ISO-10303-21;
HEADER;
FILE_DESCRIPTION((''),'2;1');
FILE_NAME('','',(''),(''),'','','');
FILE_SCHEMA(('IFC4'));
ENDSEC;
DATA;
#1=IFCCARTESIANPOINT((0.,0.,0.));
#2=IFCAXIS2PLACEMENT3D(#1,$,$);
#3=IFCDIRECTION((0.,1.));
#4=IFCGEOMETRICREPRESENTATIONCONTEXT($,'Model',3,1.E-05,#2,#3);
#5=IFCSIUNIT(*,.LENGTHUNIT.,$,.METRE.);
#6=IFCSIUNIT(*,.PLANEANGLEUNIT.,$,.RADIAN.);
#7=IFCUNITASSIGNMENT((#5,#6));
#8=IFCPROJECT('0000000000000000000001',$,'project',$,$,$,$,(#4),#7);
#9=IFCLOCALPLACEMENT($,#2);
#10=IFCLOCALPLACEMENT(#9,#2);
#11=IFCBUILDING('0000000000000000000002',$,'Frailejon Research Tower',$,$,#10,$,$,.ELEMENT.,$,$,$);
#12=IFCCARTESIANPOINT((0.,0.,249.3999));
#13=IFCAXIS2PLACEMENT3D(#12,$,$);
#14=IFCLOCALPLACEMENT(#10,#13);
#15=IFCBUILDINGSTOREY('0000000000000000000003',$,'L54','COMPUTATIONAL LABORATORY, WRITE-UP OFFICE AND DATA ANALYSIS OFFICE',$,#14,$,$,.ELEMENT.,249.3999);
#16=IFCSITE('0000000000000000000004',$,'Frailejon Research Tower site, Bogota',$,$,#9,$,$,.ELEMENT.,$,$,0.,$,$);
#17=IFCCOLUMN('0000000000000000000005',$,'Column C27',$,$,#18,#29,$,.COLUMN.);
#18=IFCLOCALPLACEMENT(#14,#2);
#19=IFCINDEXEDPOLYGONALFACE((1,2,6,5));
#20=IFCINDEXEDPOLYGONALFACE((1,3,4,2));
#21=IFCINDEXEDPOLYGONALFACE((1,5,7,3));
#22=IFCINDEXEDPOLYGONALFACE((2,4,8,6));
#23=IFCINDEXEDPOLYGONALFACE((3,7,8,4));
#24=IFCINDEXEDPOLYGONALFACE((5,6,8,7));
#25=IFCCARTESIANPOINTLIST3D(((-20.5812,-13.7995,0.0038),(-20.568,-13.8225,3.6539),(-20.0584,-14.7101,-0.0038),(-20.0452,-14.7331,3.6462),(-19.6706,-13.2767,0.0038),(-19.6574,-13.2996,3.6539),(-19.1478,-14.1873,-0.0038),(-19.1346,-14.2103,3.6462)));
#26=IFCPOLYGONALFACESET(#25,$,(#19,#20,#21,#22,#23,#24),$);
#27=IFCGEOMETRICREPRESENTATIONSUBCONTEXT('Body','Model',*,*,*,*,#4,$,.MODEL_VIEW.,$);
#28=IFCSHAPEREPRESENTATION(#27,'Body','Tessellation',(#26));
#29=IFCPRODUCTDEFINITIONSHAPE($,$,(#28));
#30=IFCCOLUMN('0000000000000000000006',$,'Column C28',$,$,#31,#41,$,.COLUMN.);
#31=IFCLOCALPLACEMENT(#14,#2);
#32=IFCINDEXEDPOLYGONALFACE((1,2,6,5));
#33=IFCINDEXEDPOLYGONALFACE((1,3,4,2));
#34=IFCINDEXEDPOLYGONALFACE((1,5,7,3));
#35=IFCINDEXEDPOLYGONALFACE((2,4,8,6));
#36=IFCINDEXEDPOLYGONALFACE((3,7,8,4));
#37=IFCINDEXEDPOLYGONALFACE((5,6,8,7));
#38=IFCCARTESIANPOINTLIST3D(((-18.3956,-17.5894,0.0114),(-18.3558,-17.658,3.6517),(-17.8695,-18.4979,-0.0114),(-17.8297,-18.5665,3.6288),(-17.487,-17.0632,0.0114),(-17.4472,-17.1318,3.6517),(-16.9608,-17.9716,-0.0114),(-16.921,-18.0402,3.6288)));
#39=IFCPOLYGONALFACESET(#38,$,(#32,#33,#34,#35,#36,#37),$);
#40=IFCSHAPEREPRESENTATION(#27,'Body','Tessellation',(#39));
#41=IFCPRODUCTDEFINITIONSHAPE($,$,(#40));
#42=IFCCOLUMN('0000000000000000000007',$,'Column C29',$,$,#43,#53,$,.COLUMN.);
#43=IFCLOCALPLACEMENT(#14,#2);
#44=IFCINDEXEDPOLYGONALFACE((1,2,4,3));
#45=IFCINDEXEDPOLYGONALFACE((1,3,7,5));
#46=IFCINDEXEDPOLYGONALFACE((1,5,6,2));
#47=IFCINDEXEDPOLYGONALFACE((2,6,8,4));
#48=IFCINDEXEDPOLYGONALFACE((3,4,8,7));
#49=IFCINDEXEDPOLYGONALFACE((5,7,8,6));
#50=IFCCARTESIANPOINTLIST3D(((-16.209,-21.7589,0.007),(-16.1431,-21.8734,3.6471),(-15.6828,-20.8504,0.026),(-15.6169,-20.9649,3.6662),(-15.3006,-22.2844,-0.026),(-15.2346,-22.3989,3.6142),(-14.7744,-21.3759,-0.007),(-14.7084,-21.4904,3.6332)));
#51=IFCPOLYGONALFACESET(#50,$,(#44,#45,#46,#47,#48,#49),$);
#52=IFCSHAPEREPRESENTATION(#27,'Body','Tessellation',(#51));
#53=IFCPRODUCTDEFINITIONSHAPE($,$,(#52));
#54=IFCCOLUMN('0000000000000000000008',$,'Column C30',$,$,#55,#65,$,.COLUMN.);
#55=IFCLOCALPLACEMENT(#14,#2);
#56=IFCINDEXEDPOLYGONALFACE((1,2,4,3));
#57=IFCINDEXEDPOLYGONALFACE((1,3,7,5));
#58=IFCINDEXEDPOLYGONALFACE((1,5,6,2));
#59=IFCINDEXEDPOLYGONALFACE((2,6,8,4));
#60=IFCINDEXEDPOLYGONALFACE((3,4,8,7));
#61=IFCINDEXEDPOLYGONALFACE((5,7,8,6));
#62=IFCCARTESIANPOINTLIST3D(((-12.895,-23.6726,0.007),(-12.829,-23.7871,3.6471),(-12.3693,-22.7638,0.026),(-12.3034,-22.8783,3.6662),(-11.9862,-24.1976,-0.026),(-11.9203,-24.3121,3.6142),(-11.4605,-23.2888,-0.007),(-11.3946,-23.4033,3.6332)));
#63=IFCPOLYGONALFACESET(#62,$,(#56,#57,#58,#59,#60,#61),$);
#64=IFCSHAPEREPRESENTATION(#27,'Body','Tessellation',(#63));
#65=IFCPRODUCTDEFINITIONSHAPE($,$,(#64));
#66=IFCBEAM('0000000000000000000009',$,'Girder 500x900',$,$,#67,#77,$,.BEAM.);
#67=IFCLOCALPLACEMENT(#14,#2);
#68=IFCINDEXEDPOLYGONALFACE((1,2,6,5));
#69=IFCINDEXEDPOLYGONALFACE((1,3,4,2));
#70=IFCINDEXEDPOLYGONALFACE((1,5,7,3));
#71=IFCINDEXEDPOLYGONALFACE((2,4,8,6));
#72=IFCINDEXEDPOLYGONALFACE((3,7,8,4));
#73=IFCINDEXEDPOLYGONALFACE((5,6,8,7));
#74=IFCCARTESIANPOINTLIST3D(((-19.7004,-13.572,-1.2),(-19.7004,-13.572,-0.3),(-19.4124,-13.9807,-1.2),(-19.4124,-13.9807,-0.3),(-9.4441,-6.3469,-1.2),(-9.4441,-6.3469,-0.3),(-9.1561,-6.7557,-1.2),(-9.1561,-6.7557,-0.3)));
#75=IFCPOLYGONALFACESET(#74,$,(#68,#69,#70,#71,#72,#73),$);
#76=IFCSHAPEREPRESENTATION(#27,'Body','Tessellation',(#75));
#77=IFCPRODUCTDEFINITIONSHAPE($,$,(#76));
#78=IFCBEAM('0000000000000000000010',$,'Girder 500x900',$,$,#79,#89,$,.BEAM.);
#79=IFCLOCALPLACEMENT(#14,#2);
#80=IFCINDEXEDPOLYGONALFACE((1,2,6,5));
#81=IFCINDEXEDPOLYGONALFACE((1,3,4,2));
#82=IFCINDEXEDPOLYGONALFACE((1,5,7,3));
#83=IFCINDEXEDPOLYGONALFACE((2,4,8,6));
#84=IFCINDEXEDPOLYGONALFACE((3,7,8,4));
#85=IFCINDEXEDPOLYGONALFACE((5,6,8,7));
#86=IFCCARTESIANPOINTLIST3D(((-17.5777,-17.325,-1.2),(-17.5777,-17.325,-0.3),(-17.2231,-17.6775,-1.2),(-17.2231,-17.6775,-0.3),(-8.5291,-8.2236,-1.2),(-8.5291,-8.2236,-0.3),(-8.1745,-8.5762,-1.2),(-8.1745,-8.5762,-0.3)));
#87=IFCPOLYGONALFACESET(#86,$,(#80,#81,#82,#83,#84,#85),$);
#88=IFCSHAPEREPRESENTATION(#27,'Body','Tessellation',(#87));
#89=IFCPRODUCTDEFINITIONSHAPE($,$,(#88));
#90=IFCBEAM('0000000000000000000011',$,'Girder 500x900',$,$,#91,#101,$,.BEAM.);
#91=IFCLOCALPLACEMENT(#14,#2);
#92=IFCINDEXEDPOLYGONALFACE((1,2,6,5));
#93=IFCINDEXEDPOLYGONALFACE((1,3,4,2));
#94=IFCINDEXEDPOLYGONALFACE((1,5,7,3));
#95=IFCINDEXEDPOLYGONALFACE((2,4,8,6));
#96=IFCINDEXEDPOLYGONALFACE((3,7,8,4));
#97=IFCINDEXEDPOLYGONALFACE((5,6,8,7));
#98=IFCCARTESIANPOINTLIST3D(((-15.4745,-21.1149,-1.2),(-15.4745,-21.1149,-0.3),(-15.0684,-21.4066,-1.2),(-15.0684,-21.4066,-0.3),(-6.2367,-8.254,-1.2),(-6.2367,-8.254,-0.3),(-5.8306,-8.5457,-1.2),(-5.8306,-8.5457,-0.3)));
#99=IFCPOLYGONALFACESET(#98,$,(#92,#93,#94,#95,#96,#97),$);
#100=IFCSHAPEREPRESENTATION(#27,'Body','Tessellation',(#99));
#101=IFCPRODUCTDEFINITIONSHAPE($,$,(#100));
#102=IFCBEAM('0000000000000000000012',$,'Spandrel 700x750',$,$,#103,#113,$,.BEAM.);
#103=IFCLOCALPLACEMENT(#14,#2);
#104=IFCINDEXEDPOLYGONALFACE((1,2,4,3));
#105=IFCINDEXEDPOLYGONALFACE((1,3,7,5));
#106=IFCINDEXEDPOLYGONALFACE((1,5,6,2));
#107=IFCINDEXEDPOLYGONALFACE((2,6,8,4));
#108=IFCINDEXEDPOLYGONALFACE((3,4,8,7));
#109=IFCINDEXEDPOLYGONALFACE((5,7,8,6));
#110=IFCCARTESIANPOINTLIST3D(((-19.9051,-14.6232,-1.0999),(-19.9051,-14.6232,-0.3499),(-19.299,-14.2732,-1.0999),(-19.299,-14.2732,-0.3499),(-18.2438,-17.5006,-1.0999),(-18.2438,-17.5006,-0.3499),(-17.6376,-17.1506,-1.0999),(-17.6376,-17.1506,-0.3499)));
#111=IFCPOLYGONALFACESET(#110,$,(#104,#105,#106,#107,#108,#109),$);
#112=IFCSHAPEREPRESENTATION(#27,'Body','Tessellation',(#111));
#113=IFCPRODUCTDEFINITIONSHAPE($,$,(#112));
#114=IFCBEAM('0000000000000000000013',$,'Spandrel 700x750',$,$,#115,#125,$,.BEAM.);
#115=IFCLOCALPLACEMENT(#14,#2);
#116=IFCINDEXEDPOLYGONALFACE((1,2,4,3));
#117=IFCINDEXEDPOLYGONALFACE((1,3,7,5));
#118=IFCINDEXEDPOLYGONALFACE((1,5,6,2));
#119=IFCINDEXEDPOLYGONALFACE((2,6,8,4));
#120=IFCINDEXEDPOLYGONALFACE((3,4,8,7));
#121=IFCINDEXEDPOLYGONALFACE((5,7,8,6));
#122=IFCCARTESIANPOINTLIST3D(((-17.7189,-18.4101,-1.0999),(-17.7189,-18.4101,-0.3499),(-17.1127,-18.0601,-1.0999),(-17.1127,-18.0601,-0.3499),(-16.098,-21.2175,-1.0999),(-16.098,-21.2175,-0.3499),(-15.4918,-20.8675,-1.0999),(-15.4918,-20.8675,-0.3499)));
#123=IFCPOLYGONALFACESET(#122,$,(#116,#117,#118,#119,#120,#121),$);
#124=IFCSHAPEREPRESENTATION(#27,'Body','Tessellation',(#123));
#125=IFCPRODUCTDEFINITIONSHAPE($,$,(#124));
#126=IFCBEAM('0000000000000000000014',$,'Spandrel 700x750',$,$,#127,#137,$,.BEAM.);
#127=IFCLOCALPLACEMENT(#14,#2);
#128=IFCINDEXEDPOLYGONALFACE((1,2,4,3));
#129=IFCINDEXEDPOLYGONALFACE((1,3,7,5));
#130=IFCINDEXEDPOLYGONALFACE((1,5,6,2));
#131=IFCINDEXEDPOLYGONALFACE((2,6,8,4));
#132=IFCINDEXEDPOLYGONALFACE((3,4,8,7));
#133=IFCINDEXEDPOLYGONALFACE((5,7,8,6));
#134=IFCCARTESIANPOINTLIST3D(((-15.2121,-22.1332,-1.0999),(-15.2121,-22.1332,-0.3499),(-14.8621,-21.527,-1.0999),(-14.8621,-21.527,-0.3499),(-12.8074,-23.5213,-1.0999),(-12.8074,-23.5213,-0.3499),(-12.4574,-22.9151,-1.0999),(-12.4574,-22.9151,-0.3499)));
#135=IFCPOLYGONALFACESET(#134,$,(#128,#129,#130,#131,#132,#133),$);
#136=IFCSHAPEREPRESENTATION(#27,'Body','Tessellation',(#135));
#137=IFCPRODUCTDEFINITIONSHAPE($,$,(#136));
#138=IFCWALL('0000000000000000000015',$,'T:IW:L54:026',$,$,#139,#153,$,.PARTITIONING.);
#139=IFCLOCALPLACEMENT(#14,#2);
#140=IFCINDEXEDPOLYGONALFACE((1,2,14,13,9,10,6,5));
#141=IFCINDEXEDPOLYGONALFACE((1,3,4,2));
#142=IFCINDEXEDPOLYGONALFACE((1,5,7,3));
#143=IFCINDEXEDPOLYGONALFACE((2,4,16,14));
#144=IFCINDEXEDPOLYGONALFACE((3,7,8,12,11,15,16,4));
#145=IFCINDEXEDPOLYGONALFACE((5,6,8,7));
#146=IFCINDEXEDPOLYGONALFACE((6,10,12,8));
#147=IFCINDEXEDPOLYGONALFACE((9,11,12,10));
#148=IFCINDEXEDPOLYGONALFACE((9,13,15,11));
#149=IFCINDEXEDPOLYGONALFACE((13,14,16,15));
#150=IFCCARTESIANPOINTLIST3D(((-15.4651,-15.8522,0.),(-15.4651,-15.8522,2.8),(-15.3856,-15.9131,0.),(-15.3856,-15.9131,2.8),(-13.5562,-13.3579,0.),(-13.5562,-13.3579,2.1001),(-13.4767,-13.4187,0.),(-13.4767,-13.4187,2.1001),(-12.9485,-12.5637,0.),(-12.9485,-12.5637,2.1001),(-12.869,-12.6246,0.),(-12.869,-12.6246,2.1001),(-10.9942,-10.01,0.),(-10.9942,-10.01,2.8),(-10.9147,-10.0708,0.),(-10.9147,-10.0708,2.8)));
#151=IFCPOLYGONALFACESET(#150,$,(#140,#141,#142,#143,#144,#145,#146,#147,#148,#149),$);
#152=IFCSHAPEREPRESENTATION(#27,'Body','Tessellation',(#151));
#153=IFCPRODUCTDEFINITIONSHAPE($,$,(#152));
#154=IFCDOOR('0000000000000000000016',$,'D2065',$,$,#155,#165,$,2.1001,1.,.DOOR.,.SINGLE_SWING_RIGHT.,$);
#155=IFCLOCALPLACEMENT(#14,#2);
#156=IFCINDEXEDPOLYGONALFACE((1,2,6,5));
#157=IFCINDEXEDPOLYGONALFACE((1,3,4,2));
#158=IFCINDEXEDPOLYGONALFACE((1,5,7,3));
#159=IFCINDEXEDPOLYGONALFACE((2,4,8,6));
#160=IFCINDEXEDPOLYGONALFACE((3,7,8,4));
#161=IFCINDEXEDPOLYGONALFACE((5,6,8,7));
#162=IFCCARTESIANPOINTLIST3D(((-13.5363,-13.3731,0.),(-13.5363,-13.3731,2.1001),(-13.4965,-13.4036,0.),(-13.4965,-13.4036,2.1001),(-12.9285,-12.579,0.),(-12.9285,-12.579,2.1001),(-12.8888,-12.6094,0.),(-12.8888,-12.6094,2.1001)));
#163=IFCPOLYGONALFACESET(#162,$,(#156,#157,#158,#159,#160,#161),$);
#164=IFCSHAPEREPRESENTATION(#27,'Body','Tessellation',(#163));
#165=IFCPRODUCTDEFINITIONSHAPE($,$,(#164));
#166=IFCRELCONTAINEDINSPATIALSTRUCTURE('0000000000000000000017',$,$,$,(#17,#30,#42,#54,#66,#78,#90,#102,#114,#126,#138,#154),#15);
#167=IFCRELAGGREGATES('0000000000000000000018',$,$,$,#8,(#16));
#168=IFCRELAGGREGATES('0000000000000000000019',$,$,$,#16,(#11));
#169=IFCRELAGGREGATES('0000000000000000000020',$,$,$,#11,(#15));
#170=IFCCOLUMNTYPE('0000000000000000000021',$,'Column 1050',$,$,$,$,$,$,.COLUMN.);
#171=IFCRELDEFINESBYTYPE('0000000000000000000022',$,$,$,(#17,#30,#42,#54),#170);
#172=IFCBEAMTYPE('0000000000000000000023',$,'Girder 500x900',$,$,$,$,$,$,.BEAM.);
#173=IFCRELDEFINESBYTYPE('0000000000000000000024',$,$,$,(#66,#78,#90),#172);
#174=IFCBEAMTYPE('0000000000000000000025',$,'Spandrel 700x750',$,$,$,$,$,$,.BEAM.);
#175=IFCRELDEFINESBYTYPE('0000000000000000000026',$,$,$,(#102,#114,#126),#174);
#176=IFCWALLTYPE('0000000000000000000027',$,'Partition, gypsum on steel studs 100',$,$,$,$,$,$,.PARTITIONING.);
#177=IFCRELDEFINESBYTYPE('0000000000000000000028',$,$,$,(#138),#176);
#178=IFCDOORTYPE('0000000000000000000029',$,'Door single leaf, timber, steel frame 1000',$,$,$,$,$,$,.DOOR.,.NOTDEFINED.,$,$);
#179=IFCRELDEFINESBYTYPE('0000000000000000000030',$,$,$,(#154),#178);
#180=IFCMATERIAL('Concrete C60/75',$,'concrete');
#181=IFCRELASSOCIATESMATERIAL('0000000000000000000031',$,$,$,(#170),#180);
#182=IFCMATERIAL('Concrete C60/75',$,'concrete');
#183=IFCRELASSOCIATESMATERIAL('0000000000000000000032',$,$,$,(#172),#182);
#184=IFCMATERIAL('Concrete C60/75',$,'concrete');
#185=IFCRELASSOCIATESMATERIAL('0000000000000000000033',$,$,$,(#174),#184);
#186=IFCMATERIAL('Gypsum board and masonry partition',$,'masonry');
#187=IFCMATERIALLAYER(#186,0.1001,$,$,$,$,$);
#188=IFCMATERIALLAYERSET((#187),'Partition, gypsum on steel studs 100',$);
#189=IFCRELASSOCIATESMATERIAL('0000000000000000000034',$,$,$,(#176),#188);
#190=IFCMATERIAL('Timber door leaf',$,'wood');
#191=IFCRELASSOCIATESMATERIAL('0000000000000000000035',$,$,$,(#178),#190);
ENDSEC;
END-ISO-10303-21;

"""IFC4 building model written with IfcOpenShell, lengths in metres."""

from ifc_helpers import new_model, si_unit, direction, frame, frame_2d, origin, origin_2d, place, context, subcontext, project, spatial, rectangle, extrude, material, layer, layer_set, material_profile, profile_set, type_object, element, fill, save


model = new_model("IFC4")

# Units and contexts
model_context = context("Model", 3, precision=1e-05, world=origin(), true_north=direction((0.0, 1.0)))
body_context = subcontext(model_context, "Body", "Model", "MODEL_VIEW")
ifc_project = project(units=[si_unit("LENGTHUNIT", "METRE"), si_unit("PLANEANGLEUNIT", "RADIAN")], contexts=[model_context])

# Site, building, storey
site_placement = place(None, origin())
site = spatial("IfcSite", under=ifc_project, at=site_placement, Name="Frailejon Research Tower site, Bogota", CompositionType="ELEMENT", RefElevation=0.0)
building_placement = place(site_placement, origin())
building = spatial("IfcBuilding", under=site, at=building_placement, Name="Frailejon Research Tower", CompositionType="ELEMENT")
storey_placement = place(building_placement, frame((0.0, 0.0, 249.3999)))
storey = spatial("IfcBuildingStorey", under=building, at=storey_placement, Name="L54", Description="COMPUTATIONAL LABORATORY, WRITE-UP OFFICE AND DATA ANALYSIS OFFICE", CompositionType="ELEMENT", Elevation=249.3999)

# Columns
ifc_material_1 = material(Name="Concrete C60/75", Category="concrete")
ifc_material_profile_1 = material_profile(ifc_material_1, rectangle(XDim=1.05, YDim=1.05, at=origin_2d()), Name="Column 1050")
ifc_profile_set_1 = profile_set([ifc_material_profile_1], Name="Concrete C60/75")
column_type = type_object("IfcColumnType", Name="Column 1050", PredefinedType="COLUMN", material=ifc_profile_set_1)
column_1_placement = place(storey_placement, frame((-19.8645, -13.9934, 0.0), z_axis=(0.003612, -0.006287, 0.999974), x_axis=(0.49789, -0.86721, -0.007251)))
element("IfcColumn", 1, at=column_1_placement, inside=storey, type_object=column_type, Name="Column C27", PredefinedType="COLUMN", context=body_context, shape_type="SweptSolid", body=[
    extrude(rectangle(XDim=1.05, YDim=1.05, at=origin_2d()), origin(), (0.0, 0.0, 1.0), 3.6501),
])
column_2_placement = place(storey_placement, frame((-17.6782, -17.7805, 0.0), z_axis=(0.01093, -0.018842, 0.999763), x_axis=(0.501062, -0.865137, -0.021782)))
element("IfcColumn", 2, at=column_2_placement, inside=storey, type_object=column_type, Name="Column C28", PredefinedType="COLUMN", context=body_context, shape_type="SweptSolid", body=[
    extrude(rectangle(XDim=1.05, YDim=1.05, at=origin_2d()), origin(), (0.0, 0.0, 1.0), 3.6411),
])
for number, where, z_axis, x_axis, name in (
    (3, (-15.4917, -21.5674, 0.0), (0.018097, -0.031435, 0.999342), (0.865181, -0.500476, -0.03141), "Column C29"),
    (4, (-12.1777, -23.4807, 0.0), (0.018097, -0.031435, 0.999342), (0.86548, -0.499959, -0.031399), "Column C30"),
):
    element("IfcColumn", number, at=place(storey_placement, frame(where, z_axis=z_axis, x_axis=x_axis)), inside=storey, type_object=column_type, Name=name, PredefinedType="COLUMN", context=body_context, shape_type="SweptSolid", body=[
        extrude(rectangle(XDim=1.05, YDim=1.05, at=origin_2d()), origin(), (0.0, 0.0, 1.0), 3.6426),
    ])

# Beams
ifc_material_2 = material(Name="Concrete C60/75", Category="concrete")
ifc_material_profile_2 = material_profile(ifc_material_2, rectangle(XDim=0.5, YDim=0.8999, at=origin_2d()), Name="Girder 500x900")
ifc_profile_set_2 = profile_set([ifc_material_profile_2], Name="Concrete C60/75")
beam_type_1 = type_object("IfcBeamType", Name="Girder 500x900", PredefinedType="BEAM", material=ifc_profile_set_2)
beam_1_placement = place(storey_placement, frame((-19.5564, -13.7764, -0.75), z_axis=(0.817519, 0.575902, 0.0), x_axis=(-0.575902, 0.817519, 0.0)))
element("IfcBeam", 5, at=beam_1_placement, inside=storey, type_object=beam_type_1, Name="Girder 500x900", PredefinedType="BEAM", context=body_context, shape_type="SweptSolid", body=[
    extrude(rectangle(XDim=0.5, YDim=0.8999, at=origin_2d()), origin(), (0.0, 0.0, 1.0), 12.5457),
])
beam_2_placement = place(storey_placement, frame((-17.4004, -17.5012, -0.75), z_axis=(0.705049, 0.709158, 0.0), x_axis=(-0.709158, 0.705049, 0.0)))
element("IfcBeam", 6, at=beam_2_placement, inside=storey, type_object=beam_type_1, Name="Girder 500x900", PredefinedType="BEAM", context=body_context, shape_type="SweptSolid", body=[
    extrude(rectangle(XDim=0.5, YDim=0.8999, at=origin_2d()), origin(), (0.0, 0.0, 1.0), 12.834),
])
beam_3_placement = place(storey_placement, frame((-15.2715, -21.2607, -0.75), z_axis=(0.583389, 0.812193, 0.0), x_axis=(-0.812193, 0.583389, 0.0)))
element("IfcBeam", 7, at=beam_3_placement, inside=storey, type_object=beam_type_1, Name="Girder 500x900", PredefinedType="BEAM", context=body_context, shape_type="SweptSolid", body=[
    extrude(rectangle(XDim=0.5, YDim=0.8999, at=origin_2d()), origin(), (0.0, 0.0, 1.0), 15.8347),
])
ifc_material_3 = material(Name="Concrete C60/75", Category="concrete")
ifc_material_profile_3 = material_profile(ifc_material_3, rectangle(XDim=0.7, YDim=0.75, at=origin_2d()), Name="Spandrel 700x750")
ifc_profile_set_3 = profile_set([ifc_material_profile_3], Name="Concrete C60/75")
beam_type_2 = type_object("IfcBeamType", Name="Spandrel 700x750", PredefinedType="BEAM", material=ifc_profile_set_3)
beam_4_placement = place(storey_placement, frame((-19.6021, -14.4482, -0.7249), z_axis=(0.500019, -0.866014, 0.0), x_axis=(0.866014, 0.500019, 0.0)))
element("IfcBeam", 8, at=beam_4_placement, inside=storey, type_object=beam_type_2, Name="Spandrel 700x750", PredefinedType="BEAM", context=body_context, shape_type="SweptSolid", body=[
    extrude(rectangle(XDim=0.7, YDim=0.75, at=origin_2d()), origin(), (0.0, 0.0, 1.0), 3.3225),
])
beam_5_placement = place(storey_placement, frame((-17.4158, -18.2351, -0.7249), z_axis=(0.500003, -0.866024, 0.0), x_axis=(0.866024, 0.500003, 0.0)))
element("IfcBeam", 9, at=beam_5_placement, inside=storey, type_object=beam_type_2, Name="Spandrel 700x750", PredefinedType="BEAM", context=body_context, shape_type="SweptSolid", body=[
    extrude(rectangle(XDim=0.7, YDim=0.75, at=origin_2d()), origin(), (0.0, 0.0, 1.0), 3.2417),
])
beam_6_placement = place(storey_placement, frame((-15.0371, -21.8301, -0.7249), z_axis=(0.86606, -0.499941, 0.0), x_axis=(0.499941, 0.86606, 0.0)))
element("IfcBeam", 10, at=beam_6_placement, inside=storey, type_object=beam_type_2, Name="Spandrel 700x750", PredefinedType="BEAM", context=body_context, shape_type="SweptSolid", body=[
    extrude(rectangle(XDim=0.7, YDim=0.75, at=origin_2d()), origin(), (0.0, 0.0, 1.0), 2.7766),
])

# Wall, opening, door
ifc_material_4 = material(Name="Gypsum board and masonry partition", Category="masonry")
ifc_layer_1 = layer(ifc_material_4, 0.1001)
ifc_layer_set_1 = layer_set([ifc_layer_1], Name="Partition, gypsum on steel studs 100")
wall_type_1 = type_object("IfcWallType", Name="Partition, gypsum on steel studs 100", PredefinedType="PARTITIONING", material=ifc_layer_set_1)
wall_1_placement = place(storey_placement, frame((-15.4253, -15.8826, 0.0), z_axis=(0.0, 0.0, 1.0), x_axis=(0.607735, 0.79414, 0.0)))
wall_1 = element("IfcWall", 11, at=wall_1_placement, inside=storey, type_object=wall_type_1, Name="T:IW:L54:026", PredefinedType="PARTITIONING", context=body_context, shape_type="SweptSolid", body=[
    extrude(rectangle(XDim=7.3567, YDim=0.1001, at=frame_2d((3.6782, 0.0))), origin(), (0.0, 0.0, 1.0), 2.8),
])
opening_1_placement = place(wall_1_placement, frame((3.1409, 0.0, 0.0)))
opening_1 = element("IfcOpeningElement", 12, at=opening_1_placement, cuts=wall_1, PredefinedType="OPENING", context=body_context, shape_type="SweptSolid", body=[
    extrude(rectangle(XDim=1.0, YDim=2.1001, at=frame_2d((0.5, 1.05))), frame((0.0, 0.0601, 0.0), z_axis=(0.0, -1.0, 0.0), x_axis=(1.0, 0.0, 0.0)), (0.0, 0.0, 1.0), 0.1201),
])
ifc_material_5 = material(Name="Timber door leaf", Category="wood")
door_type = type_object("IfcDoorType", Name="Door single leaf, timber, steel frame 1000", OperationType="NOTDEFINED", PredefinedType="DOOR", material=ifc_material_5)
door_placement = place(opening_1_placement, origin())
door = element("IfcDoor", 13, at=door_placement, inside=storey, type_object=door_type, Name="D2065", OperationType="SINGLE_SWING_RIGHT", OverallHeight=2.1001, OverallWidth=1.0, PredefinedType="DOOR", context=body_context, shape_type="SweptSolid", body=[
    extrude(rectangle(XDim=1.0, YDim=2.1001, at=frame_2d((0.5, 1.05))), frame((0.0, 0.0249, 0.0), z_axis=(0.0, -1.0, 0.0), x_axis=(1.0, 0.0, 0.0)), (0.0, 0.0, 1.0), 0.05),
])
fill(opening_1, door)

save(model, "model.ifc")
